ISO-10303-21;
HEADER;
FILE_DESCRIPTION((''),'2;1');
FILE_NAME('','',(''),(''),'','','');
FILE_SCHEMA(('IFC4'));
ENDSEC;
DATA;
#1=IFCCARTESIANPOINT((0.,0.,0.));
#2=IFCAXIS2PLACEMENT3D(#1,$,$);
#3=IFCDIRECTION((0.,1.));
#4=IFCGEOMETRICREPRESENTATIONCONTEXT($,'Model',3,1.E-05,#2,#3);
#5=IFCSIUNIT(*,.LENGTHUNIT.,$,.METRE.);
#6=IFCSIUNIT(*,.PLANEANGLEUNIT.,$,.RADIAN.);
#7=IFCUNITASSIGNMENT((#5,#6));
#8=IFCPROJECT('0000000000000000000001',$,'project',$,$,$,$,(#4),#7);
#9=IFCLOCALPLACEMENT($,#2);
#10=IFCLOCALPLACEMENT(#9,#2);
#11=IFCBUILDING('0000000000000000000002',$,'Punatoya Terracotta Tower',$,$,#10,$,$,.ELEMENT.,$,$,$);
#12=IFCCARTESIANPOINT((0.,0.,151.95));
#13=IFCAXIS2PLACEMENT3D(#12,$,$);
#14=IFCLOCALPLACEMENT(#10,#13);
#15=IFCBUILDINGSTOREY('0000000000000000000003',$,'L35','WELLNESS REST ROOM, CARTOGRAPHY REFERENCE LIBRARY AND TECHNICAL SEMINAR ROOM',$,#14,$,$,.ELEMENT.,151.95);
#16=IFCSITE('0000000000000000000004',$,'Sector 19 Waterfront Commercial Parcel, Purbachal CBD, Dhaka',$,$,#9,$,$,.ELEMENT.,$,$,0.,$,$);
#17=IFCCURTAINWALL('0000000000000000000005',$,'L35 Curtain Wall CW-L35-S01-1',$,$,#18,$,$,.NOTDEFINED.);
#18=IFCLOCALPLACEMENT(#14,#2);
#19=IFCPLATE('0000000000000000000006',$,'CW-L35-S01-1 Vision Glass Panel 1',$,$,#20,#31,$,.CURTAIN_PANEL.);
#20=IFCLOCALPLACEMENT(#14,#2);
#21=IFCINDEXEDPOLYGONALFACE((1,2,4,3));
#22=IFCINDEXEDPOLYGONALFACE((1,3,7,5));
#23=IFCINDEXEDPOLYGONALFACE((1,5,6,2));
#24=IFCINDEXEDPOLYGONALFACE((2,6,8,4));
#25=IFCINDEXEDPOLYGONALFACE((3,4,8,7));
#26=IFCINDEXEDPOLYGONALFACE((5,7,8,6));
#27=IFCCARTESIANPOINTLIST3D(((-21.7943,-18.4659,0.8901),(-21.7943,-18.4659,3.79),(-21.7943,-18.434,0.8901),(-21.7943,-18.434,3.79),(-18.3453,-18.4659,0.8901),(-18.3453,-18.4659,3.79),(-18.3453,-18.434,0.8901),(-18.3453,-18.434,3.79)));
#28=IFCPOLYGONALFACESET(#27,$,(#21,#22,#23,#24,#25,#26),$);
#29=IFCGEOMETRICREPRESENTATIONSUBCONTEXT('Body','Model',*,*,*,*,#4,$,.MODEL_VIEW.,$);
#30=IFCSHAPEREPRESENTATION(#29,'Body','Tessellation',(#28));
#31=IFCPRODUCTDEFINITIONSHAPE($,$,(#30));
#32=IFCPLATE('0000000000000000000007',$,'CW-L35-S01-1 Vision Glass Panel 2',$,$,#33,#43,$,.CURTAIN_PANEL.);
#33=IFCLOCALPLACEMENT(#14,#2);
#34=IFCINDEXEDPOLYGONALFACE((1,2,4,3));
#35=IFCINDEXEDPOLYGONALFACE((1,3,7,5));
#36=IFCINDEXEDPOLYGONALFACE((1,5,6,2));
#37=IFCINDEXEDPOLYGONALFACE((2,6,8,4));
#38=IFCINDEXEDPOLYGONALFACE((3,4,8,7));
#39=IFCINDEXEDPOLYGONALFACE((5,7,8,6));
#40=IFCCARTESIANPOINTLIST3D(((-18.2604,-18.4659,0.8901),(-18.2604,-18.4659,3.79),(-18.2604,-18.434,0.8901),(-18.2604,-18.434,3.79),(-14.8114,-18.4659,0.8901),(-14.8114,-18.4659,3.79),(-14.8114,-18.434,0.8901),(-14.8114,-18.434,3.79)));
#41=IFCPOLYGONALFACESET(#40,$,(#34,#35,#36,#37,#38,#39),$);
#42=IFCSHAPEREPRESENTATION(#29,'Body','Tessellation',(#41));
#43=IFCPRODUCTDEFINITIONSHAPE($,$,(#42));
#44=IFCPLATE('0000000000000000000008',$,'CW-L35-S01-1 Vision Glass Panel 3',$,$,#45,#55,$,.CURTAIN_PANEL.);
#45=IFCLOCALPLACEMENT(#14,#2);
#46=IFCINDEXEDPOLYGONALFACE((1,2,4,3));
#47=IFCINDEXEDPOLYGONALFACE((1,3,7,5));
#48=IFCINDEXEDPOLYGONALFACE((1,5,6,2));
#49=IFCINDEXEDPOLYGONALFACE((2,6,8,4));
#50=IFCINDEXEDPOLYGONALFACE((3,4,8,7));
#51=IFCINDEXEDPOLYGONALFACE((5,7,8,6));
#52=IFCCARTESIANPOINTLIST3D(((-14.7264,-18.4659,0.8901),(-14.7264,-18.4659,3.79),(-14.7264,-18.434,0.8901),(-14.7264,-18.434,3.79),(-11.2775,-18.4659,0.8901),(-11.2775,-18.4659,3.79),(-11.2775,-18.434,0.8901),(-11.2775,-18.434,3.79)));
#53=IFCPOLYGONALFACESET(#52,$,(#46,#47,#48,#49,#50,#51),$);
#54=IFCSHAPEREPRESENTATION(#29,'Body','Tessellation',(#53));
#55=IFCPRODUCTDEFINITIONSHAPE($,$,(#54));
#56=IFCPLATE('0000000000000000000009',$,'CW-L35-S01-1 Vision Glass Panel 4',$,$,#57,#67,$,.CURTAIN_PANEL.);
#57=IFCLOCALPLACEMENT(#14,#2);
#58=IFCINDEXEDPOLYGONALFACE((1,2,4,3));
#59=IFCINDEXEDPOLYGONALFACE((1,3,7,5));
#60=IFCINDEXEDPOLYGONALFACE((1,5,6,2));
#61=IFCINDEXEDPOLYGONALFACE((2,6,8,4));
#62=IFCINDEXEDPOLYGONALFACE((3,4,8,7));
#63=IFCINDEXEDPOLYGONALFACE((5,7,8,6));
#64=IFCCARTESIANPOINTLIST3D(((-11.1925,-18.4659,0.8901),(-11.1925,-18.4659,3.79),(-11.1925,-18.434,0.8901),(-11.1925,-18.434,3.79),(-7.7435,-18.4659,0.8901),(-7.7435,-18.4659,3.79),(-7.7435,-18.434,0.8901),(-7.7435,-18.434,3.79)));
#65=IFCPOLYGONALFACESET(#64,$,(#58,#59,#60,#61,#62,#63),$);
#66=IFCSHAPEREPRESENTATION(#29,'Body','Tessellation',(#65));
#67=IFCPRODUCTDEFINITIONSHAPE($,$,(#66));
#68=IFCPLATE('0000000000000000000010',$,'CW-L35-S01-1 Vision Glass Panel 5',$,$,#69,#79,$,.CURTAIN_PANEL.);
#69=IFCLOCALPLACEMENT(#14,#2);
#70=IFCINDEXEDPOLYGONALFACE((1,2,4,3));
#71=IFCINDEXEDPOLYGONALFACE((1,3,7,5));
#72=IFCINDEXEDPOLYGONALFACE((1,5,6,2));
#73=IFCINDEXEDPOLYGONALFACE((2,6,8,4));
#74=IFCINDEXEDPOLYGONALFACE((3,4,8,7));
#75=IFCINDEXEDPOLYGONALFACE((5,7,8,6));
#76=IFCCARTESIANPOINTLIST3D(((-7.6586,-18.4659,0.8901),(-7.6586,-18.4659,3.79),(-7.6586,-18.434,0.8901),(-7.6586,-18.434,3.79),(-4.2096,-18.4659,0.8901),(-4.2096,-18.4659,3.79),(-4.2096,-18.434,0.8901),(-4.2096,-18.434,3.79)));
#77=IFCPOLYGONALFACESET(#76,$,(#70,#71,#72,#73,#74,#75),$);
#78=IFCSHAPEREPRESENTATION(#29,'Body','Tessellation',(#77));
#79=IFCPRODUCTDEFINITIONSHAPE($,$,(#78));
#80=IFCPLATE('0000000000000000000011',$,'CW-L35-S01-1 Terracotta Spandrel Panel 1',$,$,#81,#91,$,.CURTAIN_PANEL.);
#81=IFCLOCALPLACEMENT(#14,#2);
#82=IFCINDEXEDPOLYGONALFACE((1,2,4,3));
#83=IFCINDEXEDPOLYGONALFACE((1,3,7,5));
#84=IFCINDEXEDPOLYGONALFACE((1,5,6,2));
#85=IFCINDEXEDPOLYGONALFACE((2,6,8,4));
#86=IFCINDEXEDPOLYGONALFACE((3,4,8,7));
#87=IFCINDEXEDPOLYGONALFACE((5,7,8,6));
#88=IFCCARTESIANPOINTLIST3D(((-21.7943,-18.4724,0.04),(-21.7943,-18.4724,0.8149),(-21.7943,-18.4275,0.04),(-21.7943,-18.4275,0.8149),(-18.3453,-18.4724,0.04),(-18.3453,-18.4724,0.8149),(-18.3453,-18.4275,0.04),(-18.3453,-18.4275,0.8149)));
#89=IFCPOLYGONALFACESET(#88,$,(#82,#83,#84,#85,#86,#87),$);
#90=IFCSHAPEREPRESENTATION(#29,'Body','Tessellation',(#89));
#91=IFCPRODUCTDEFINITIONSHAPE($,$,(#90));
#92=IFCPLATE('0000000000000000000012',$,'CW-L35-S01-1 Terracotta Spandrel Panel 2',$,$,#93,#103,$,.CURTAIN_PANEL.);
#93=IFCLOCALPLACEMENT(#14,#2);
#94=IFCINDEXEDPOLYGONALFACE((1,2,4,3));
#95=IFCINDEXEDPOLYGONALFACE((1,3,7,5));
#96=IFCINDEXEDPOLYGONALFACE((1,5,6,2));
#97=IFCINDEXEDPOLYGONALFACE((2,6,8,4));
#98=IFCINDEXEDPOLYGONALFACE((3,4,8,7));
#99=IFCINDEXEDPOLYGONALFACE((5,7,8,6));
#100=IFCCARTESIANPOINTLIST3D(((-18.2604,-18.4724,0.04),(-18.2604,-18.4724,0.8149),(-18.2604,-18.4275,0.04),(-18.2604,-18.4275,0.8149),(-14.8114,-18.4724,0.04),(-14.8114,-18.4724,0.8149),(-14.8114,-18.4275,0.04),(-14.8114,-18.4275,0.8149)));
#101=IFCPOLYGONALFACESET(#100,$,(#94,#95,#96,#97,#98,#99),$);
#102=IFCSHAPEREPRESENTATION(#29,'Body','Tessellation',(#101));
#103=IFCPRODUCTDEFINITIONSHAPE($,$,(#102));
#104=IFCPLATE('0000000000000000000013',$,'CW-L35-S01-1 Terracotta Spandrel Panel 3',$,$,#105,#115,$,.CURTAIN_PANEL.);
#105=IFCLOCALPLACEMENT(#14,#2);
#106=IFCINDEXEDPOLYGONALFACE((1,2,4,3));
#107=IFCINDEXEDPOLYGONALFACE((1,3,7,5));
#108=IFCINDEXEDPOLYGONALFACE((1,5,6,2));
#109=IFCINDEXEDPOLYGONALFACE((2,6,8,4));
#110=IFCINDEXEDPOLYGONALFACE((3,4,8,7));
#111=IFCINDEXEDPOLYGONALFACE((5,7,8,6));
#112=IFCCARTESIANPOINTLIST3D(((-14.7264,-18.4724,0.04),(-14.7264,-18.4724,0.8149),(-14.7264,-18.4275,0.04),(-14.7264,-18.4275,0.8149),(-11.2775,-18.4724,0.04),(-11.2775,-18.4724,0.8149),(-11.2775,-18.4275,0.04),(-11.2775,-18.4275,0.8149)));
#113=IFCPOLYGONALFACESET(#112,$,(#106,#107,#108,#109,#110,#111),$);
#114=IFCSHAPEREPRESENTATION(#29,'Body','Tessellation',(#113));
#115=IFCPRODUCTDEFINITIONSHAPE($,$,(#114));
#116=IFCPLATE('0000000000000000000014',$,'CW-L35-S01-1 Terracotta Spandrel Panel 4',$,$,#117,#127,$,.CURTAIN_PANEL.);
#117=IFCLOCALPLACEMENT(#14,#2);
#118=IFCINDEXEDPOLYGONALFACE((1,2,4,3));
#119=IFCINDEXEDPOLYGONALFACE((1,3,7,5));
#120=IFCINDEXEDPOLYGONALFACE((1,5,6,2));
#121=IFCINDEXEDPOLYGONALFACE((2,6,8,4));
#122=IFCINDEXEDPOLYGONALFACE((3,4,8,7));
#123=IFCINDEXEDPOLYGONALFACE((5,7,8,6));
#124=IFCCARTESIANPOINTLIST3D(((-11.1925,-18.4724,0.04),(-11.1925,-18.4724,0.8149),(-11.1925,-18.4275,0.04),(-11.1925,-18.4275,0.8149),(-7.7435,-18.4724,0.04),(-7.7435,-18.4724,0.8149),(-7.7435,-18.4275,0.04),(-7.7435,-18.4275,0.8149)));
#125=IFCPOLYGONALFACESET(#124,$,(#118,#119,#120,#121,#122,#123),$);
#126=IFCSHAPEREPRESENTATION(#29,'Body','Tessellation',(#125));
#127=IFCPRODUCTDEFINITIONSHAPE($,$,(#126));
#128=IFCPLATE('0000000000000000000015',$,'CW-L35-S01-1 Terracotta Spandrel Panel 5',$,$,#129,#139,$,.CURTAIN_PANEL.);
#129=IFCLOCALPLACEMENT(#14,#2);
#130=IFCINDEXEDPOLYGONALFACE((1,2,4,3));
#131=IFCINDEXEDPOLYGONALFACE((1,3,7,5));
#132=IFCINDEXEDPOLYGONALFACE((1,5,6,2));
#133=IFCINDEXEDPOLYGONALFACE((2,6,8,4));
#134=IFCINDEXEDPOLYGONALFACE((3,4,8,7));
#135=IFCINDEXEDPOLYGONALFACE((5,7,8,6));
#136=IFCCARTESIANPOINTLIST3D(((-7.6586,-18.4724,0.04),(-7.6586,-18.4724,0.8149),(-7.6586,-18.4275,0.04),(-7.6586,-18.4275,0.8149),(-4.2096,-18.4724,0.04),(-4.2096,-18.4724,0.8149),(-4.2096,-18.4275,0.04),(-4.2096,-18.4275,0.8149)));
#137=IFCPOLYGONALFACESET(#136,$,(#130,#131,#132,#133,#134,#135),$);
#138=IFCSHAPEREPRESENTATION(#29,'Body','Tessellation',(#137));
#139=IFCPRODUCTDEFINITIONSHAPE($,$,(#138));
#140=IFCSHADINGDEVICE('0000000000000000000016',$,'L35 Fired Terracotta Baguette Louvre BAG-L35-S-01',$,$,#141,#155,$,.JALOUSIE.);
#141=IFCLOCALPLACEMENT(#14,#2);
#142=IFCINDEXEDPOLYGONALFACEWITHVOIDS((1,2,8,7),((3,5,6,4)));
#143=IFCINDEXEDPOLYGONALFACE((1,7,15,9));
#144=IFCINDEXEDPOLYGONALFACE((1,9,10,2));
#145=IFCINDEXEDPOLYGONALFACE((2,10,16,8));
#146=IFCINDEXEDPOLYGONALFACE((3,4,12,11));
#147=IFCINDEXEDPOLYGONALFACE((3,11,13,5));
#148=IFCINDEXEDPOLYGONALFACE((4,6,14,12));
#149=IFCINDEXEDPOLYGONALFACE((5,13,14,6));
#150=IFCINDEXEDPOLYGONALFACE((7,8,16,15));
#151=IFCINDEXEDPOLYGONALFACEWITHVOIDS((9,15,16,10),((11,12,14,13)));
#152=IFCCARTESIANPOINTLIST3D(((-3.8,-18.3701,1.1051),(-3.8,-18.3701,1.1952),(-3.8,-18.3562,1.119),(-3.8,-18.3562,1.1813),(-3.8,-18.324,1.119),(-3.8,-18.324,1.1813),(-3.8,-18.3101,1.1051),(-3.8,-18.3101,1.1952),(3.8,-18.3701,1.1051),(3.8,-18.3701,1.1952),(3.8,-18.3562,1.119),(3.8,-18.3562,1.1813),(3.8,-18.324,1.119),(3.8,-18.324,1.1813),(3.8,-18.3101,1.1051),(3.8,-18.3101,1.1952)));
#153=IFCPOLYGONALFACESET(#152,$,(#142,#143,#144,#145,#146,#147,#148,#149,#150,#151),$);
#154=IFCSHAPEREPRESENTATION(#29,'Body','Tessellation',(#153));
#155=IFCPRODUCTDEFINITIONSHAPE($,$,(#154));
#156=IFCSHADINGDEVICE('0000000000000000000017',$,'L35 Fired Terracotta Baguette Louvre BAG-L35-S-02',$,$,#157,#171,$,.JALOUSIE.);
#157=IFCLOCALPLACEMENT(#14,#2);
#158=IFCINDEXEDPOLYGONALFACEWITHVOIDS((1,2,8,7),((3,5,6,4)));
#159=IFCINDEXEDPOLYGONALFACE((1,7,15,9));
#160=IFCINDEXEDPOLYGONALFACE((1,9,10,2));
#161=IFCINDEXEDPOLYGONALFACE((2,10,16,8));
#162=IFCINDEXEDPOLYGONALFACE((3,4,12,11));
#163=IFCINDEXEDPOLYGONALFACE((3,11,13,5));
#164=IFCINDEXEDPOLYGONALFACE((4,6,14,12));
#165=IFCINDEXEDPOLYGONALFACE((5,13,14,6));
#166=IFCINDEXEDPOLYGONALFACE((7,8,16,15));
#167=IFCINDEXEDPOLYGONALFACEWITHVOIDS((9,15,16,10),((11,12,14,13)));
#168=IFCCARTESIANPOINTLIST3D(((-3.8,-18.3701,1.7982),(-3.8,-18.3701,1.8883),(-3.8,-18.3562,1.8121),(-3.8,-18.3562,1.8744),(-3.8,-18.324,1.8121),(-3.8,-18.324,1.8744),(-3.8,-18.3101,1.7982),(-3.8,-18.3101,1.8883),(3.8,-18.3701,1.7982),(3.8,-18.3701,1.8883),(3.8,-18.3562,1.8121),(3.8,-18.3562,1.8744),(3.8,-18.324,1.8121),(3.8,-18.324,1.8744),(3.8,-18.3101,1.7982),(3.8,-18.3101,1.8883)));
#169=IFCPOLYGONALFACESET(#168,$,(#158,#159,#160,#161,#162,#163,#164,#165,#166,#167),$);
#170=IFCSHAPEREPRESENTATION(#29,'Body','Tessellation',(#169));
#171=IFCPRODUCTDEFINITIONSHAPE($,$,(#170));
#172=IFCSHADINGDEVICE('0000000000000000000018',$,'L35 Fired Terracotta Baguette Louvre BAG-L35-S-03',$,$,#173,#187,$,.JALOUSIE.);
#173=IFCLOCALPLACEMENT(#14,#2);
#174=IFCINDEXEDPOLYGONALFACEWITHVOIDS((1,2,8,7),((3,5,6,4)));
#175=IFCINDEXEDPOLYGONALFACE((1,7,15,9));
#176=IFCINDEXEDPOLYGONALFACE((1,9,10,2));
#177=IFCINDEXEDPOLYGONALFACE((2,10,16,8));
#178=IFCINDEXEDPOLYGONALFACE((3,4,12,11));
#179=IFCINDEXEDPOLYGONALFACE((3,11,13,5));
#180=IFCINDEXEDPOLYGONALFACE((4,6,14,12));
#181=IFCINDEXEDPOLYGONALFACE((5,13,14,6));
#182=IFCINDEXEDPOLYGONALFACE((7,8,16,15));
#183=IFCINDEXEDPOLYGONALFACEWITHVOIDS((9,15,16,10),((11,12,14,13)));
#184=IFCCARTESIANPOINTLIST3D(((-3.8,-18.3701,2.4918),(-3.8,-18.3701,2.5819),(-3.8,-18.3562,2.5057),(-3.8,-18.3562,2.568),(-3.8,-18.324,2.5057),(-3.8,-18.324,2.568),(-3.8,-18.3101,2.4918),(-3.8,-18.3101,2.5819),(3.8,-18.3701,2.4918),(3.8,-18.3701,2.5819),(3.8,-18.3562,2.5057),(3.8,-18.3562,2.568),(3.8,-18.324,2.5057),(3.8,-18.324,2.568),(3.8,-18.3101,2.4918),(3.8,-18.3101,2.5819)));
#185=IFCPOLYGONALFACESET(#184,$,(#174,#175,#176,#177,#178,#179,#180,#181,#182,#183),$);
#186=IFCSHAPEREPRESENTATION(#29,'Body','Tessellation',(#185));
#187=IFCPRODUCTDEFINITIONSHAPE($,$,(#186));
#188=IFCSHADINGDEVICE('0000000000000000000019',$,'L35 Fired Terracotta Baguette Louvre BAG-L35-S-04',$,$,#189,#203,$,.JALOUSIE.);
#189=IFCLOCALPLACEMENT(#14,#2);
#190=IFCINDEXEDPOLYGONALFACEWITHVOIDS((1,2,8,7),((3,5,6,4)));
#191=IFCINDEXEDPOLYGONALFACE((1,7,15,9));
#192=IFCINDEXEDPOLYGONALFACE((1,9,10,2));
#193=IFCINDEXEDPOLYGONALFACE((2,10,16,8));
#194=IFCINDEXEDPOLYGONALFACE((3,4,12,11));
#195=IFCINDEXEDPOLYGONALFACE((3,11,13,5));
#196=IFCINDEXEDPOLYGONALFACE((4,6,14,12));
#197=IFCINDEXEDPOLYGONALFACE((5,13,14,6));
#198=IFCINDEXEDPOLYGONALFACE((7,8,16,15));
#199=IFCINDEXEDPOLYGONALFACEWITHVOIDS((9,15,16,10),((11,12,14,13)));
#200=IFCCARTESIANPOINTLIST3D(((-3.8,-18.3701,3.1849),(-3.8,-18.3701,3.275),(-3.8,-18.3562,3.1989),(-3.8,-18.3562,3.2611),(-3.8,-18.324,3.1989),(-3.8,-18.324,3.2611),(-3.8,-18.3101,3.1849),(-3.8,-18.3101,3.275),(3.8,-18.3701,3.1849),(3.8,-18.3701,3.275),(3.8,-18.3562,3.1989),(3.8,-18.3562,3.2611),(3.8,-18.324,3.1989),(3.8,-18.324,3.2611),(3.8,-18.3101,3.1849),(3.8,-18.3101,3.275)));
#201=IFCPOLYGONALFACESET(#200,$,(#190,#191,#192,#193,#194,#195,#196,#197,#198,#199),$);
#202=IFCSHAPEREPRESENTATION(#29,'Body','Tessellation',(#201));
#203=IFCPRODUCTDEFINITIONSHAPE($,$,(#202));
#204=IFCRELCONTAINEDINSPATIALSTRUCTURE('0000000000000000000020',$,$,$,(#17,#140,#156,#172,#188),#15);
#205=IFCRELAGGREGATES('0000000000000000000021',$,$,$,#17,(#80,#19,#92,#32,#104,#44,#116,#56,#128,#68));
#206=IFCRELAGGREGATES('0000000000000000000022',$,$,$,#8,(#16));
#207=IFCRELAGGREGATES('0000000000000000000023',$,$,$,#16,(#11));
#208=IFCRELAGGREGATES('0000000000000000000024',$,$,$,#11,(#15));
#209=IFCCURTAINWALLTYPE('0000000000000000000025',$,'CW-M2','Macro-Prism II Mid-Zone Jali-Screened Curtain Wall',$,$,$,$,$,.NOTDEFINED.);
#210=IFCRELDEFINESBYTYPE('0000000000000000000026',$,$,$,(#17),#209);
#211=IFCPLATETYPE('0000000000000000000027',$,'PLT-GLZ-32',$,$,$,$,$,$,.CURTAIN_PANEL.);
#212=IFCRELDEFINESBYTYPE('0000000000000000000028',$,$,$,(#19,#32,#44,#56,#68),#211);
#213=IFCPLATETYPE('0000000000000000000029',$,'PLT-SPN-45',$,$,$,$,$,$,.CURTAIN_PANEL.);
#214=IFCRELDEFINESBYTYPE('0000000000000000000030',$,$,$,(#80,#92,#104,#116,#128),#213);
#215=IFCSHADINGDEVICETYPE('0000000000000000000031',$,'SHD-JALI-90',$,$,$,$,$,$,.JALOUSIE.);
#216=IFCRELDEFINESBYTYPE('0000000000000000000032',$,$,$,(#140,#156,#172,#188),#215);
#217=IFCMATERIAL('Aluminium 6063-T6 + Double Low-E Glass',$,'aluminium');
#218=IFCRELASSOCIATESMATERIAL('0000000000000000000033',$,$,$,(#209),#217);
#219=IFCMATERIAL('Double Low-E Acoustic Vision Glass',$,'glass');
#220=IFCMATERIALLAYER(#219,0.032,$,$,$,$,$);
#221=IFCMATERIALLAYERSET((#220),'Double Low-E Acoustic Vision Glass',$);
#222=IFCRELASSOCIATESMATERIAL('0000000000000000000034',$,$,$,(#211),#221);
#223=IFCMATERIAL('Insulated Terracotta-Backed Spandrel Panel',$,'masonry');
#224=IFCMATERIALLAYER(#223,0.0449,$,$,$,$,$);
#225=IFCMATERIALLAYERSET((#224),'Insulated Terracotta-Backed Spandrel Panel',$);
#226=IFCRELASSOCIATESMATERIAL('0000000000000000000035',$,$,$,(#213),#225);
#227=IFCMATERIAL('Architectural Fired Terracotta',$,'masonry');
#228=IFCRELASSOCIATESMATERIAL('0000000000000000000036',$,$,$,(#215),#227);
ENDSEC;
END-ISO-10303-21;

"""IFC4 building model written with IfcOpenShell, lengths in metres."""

from ifc_helpers import new_model, si_unit, direction, frame, origin, origin_2d, place, context, subcontext, project, spatial, rectangle, hollow_rectangle, extrude, material, layer, layer_set, material_profile, profile_set, type_object, element, aggregate, save


model = new_model("IFC4")

# Units and contexts
model_context = context("Model", 3, precision=1e-05, world=origin(), true_north=direction((0.0, 1.0)))
body_context = subcontext(model_context, "Body", "Model", "MODEL_VIEW")
ifc_project = project(units=[si_unit("LENGTHUNIT", "METRE"), si_unit("PLANEANGLEUNIT", "RADIAN")], contexts=[model_context])

# Site, building, storey
site_placement = place(None, origin())
site = spatial("IfcSite", under=ifc_project, at=site_placement, Name="Sector 19 Waterfront Commercial Parcel, Purbachal CBD, Dhaka", CompositionType="ELEMENT", RefElevation=0.0)
building_placement = place(site_placement, origin())
building = spatial("IfcBuilding", under=site, at=building_placement, Name="Punatoya Terracotta Tower", CompositionType="ELEMENT")
storey_placement = place(building_placement, frame((0.0, 0.0, 151.95)))
storey = spatial("IfcBuildingStorey", under=building, at=storey_placement, Name="L35", Description="WELLNESS REST ROOM, CARTOGRAPHY REFERENCE LIBRARY AND TECHNICAL SEMINAR ROOM", CompositionType="ELEMENT", Elevation=151.95)

# Curtain wall
ifc_material_1 = material(Name="Aluminium 6063-T6 + Double Low-E Glass", Category="aluminium")
curtain_wall_type = type_object("IfcCurtainWallType", Name="CW-M2", Description="Macro-Prism II Mid-Zone Jali-Screened Curtain Wall", PredefinedType="NOTDEFINED", material=ifc_material_1)
curtain_wall_placement = place(storey_placement, origin())
curtain_wall = element("IfcCurtainWall", 1, at=curtain_wall_placement, inside=storey, type_object=curtain_wall_type, Name="L35 Curtain Wall CW-L35-S01-1", PredefinedType="NOTDEFINED")

# Plates
ifc_material_2 = material(Name="Double Low-E Acoustic Vision Glass", Category="glass")
ifc_layer_1 = layer(ifc_material_2, 0.032)
ifc_layer_set_1 = layer_set([ifc_layer_1], Name="Double Low-E Acoustic Vision Glass")
plate_type_1 = type_object("IfcPlateType", Name="PLT-GLZ-32", PredefinedType="CURTAIN_PANEL", material=ifc_layer_set_1)
plate_1_placement = place(storey_placement, frame((-20.0698, -18.45, 0.8901), z_axis=(0.0, 0.0, 1.0), x_axis=(1.0, 0.0, 0.0)))
plate_1 = element("IfcPlate", 2, at=plate_1_placement, type_object=plate_type_1, Name="CW-L35-S01-1 Vision Glass Panel 1", PredefinedType="CURTAIN_PANEL", context=body_context, shape_type="SweptSolid", body=[
    extrude(rectangle(XDim=3.449, YDim=0.032, at=origin_2d()), origin(), (0.0, 0.0, 1.0), 2.8999),
])
plate_2_placement = place(storey_placement, frame((-16.5359, -18.45, 0.8901), z_axis=(0.0, 0.0, 1.0), x_axis=(1.0, 0.0, 0.0)))
plate_2 = element("IfcPlate", 3, at=plate_2_placement, type_object=plate_type_1, Name="CW-L35-S01-1 Vision Glass Panel 2", PredefinedType="CURTAIN_PANEL", context=body_context, shape_type="SweptSolid", body=[
    extrude(rectangle(XDim=3.449, YDim=0.032, at=origin_2d()), origin(), (0.0, 0.0, 1.0), 2.8999),
])
plate_3_placement = place(storey_placement, frame((-13.002, -18.45, 0.8901), z_axis=(0.0, 0.0, 1.0), x_axis=(1.0, 0.0, 0.0)))
plate_3 = element("IfcPlate", 4, at=plate_3_placement, type_object=plate_type_1, Name="CW-L35-S01-1 Vision Glass Panel 3", PredefinedType="CURTAIN_PANEL", context=body_context, shape_type="SweptSolid", body=[
    extrude(rectangle(XDim=3.449, YDim=0.032, at=origin_2d()), origin(), (0.0, 0.0, 1.0), 2.8999),
])
plate_4_placement = place(storey_placement, frame((-9.468, -18.45, 0.8901), z_axis=(0.0, 0.0, 1.0), x_axis=(1.0, 0.0, 0.0)))
plate_4 = element("IfcPlate", 5, at=plate_4_placement, type_object=plate_type_1, Name="CW-L35-S01-1 Vision Glass Panel 4", PredefinedType="CURTAIN_PANEL", context=body_context, shape_type="SweptSolid", body=[
    extrude(rectangle(XDim=3.449, YDim=0.032, at=origin_2d()), origin(), (0.0, 0.0, 1.0), 2.8999),
])
plate_5_placement = place(storey_placement, frame((-5.9341, -18.45, 0.8901), z_axis=(0.0, 0.0, 1.0), x_axis=(1.0, 0.0, 0.0)))
plate_5 = element("IfcPlate", 6, at=plate_5_placement, type_object=plate_type_1, Name="CW-L35-S01-1 Vision Glass Panel 5", PredefinedType="CURTAIN_PANEL", context=body_context, shape_type="SweptSolid", body=[
    extrude(rectangle(XDim=3.449, YDim=0.032, at=origin_2d()), origin(), (0.0, 0.0, 1.0), 2.8999),
])
ifc_material_3 = material(Name="Insulated Terracotta-Backed Spandrel Panel", Category="masonry")
ifc_layer_2 = layer(ifc_material_3, 0.0449)
ifc_layer_set_2 = layer_set([ifc_layer_2], Name="Insulated Terracotta-Backed Spandrel Panel")
plate_type_2 = type_object("IfcPlateType", Name="PLT-SPN-45", PredefinedType="CURTAIN_PANEL", material=ifc_layer_set_2)
plate_6_placement = place(storey_placement, frame((-20.0698, -18.45, 0.04), z_axis=(0.0, 0.0, 1.0), x_axis=(1.0, 0.0, 0.0)))
plate_6 = element("IfcPlate", 7, at=plate_6_placement, type_object=plate_type_2, Name="CW-L35-S01-1 Terracotta Spandrel Panel 1", PredefinedType="CURTAIN_PANEL", context=body_context, shape_type="SweptSolid", body=[
    extrude(rectangle(XDim=3.449, YDim=0.0449, at=origin_2d()), origin(), (0.0, 0.0, 1.0), 0.7749),
])
plate_7_placement = place(storey_placement, frame((-16.5359, -18.45, 0.04), z_axis=(0.0, 0.0, 1.0), x_axis=(1.0, 0.0, 0.0)))
plate_7 = element("IfcPlate", 8, at=plate_7_placement, type_object=plate_type_2, Name="CW-L35-S01-1 Terracotta Spandrel Panel 2", PredefinedType="CURTAIN_PANEL", context=body_context, shape_type="SweptSolid", body=[
    extrude(rectangle(XDim=3.449, YDim=0.0449, at=origin_2d()), origin(), (0.0, 0.0, 1.0), 0.7749),
])
plate_8_placement = place(storey_placement, frame((-13.002, -18.45, 0.04), z_axis=(0.0, 0.0, 1.0), x_axis=(1.0, 0.0, 0.0)))
plate_8 = element("IfcPlate", 9, at=plate_8_placement, type_object=plate_type_2, Name="CW-L35-S01-1 Terracotta Spandrel Panel 3", PredefinedType="CURTAIN_PANEL", context=body_context, shape_type="SweptSolid", body=[
    extrude(rectangle(XDim=3.449, YDim=0.0449, at=origin_2d()), origin(), (0.0, 0.0, 1.0), 0.7749),
])
plate_9_placement = place(storey_placement, frame((-9.468, -18.45, 0.04), z_axis=(0.0, 0.0, 1.0), x_axis=(1.0, 0.0, 0.0)))
plate_9 = element("IfcPlate", 10, at=plate_9_placement, type_object=plate_type_2, Name="CW-L35-S01-1 Terracotta Spandrel Panel 4", PredefinedType="CURTAIN_PANEL", context=body_context, shape_type="SweptSolid", body=[
    extrude(rectangle(XDim=3.449, YDim=0.0449, at=origin_2d()), origin(), (0.0, 0.0, 1.0), 0.7749),
])
plate_10_placement = place(storey_placement, frame((-5.9341, -18.45, 0.04), z_axis=(0.0, 0.0, 1.0), x_axis=(1.0, 0.0, 0.0)))
plate_10 = element("IfcPlate", 11, at=plate_10_placement, type_object=plate_type_2, Name="CW-L35-S01-1 Terracotta Spandrel Panel 5", PredefinedType="CURTAIN_PANEL", context=body_context, shape_type="SweptSolid", body=[
    extrude(rectangle(XDim=3.449, YDim=0.0449, at=origin_2d()), origin(), (0.0, 0.0, 1.0), 0.7749),
])
aggregate(curtain_wall, [plate_6, plate_1, plate_7, plate_2, plate_8, plate_3, plate_9, plate_4, plate_10, plate_5])

# Shading devices
ifc_material_4 = material(Name="Architectural Fired Terracotta", Category="masonry")
ifc_material_profile_1 = material_profile(ifc_material_4, hollow_rectangle(XDim=0.0601, YDim=0.0901, WallThickness=0.0139, at=origin_2d()))
ifc_profile_set_1 = profile_set([ifc_material_profile_1], Name="Architectural Fired Terracotta")
shading_device_type = type_object("IfcShadingDeviceType", Name="SHD-JALI-90", PredefinedType="JALOUSIE", material=ifc_profile_set_1)
for number, where, z_axis, x_axis, name in (
    (12, (-3.8, -18.3401, 1.1501), (1.0, 0.0, 0.0), (0.0, 1.0, 0.0), "L35 Fired Terracotta Baguette Louvre BAG-L35-S-01"),
    (13, (-3.8, -18.3401, 1.8433), (1.0, 0.0, 0.0), (0.0, 1.0, 0.0), "L35 Fired Terracotta Baguette Louvre BAG-L35-S-02"),
    (14, (-3.8, -18.3401, 2.5369), (1.0, 0.0, 0.0), (0.0, 1.0, 0.0), "L35 Fired Terracotta Baguette Louvre BAG-L35-S-03"),
    (15, (-3.8, -18.3401, 3.23), (1.0, 0.0, 0.0), (0.0, 1.0, 0.0), "L35 Fired Terracotta Baguette Louvre BAG-L35-S-04"),
):
    element("IfcShadingDevice", number, at=place(storey_placement, frame(where, z_axis=z_axis, x_axis=x_axis)), inside=storey, type_object=shading_device_type, Name=name, PredefinedType="JALOUSIE", context=body_context, shape_type="SweptSolid", body=[
        extrude(hollow_rectangle(XDim=0.0601, YDim=0.0901, WallThickness=0.0139, at=origin_2d()), origin(), (0.0, 0.0, 1.0), 7.6001),
    ])

save(model, "model.ifc")
